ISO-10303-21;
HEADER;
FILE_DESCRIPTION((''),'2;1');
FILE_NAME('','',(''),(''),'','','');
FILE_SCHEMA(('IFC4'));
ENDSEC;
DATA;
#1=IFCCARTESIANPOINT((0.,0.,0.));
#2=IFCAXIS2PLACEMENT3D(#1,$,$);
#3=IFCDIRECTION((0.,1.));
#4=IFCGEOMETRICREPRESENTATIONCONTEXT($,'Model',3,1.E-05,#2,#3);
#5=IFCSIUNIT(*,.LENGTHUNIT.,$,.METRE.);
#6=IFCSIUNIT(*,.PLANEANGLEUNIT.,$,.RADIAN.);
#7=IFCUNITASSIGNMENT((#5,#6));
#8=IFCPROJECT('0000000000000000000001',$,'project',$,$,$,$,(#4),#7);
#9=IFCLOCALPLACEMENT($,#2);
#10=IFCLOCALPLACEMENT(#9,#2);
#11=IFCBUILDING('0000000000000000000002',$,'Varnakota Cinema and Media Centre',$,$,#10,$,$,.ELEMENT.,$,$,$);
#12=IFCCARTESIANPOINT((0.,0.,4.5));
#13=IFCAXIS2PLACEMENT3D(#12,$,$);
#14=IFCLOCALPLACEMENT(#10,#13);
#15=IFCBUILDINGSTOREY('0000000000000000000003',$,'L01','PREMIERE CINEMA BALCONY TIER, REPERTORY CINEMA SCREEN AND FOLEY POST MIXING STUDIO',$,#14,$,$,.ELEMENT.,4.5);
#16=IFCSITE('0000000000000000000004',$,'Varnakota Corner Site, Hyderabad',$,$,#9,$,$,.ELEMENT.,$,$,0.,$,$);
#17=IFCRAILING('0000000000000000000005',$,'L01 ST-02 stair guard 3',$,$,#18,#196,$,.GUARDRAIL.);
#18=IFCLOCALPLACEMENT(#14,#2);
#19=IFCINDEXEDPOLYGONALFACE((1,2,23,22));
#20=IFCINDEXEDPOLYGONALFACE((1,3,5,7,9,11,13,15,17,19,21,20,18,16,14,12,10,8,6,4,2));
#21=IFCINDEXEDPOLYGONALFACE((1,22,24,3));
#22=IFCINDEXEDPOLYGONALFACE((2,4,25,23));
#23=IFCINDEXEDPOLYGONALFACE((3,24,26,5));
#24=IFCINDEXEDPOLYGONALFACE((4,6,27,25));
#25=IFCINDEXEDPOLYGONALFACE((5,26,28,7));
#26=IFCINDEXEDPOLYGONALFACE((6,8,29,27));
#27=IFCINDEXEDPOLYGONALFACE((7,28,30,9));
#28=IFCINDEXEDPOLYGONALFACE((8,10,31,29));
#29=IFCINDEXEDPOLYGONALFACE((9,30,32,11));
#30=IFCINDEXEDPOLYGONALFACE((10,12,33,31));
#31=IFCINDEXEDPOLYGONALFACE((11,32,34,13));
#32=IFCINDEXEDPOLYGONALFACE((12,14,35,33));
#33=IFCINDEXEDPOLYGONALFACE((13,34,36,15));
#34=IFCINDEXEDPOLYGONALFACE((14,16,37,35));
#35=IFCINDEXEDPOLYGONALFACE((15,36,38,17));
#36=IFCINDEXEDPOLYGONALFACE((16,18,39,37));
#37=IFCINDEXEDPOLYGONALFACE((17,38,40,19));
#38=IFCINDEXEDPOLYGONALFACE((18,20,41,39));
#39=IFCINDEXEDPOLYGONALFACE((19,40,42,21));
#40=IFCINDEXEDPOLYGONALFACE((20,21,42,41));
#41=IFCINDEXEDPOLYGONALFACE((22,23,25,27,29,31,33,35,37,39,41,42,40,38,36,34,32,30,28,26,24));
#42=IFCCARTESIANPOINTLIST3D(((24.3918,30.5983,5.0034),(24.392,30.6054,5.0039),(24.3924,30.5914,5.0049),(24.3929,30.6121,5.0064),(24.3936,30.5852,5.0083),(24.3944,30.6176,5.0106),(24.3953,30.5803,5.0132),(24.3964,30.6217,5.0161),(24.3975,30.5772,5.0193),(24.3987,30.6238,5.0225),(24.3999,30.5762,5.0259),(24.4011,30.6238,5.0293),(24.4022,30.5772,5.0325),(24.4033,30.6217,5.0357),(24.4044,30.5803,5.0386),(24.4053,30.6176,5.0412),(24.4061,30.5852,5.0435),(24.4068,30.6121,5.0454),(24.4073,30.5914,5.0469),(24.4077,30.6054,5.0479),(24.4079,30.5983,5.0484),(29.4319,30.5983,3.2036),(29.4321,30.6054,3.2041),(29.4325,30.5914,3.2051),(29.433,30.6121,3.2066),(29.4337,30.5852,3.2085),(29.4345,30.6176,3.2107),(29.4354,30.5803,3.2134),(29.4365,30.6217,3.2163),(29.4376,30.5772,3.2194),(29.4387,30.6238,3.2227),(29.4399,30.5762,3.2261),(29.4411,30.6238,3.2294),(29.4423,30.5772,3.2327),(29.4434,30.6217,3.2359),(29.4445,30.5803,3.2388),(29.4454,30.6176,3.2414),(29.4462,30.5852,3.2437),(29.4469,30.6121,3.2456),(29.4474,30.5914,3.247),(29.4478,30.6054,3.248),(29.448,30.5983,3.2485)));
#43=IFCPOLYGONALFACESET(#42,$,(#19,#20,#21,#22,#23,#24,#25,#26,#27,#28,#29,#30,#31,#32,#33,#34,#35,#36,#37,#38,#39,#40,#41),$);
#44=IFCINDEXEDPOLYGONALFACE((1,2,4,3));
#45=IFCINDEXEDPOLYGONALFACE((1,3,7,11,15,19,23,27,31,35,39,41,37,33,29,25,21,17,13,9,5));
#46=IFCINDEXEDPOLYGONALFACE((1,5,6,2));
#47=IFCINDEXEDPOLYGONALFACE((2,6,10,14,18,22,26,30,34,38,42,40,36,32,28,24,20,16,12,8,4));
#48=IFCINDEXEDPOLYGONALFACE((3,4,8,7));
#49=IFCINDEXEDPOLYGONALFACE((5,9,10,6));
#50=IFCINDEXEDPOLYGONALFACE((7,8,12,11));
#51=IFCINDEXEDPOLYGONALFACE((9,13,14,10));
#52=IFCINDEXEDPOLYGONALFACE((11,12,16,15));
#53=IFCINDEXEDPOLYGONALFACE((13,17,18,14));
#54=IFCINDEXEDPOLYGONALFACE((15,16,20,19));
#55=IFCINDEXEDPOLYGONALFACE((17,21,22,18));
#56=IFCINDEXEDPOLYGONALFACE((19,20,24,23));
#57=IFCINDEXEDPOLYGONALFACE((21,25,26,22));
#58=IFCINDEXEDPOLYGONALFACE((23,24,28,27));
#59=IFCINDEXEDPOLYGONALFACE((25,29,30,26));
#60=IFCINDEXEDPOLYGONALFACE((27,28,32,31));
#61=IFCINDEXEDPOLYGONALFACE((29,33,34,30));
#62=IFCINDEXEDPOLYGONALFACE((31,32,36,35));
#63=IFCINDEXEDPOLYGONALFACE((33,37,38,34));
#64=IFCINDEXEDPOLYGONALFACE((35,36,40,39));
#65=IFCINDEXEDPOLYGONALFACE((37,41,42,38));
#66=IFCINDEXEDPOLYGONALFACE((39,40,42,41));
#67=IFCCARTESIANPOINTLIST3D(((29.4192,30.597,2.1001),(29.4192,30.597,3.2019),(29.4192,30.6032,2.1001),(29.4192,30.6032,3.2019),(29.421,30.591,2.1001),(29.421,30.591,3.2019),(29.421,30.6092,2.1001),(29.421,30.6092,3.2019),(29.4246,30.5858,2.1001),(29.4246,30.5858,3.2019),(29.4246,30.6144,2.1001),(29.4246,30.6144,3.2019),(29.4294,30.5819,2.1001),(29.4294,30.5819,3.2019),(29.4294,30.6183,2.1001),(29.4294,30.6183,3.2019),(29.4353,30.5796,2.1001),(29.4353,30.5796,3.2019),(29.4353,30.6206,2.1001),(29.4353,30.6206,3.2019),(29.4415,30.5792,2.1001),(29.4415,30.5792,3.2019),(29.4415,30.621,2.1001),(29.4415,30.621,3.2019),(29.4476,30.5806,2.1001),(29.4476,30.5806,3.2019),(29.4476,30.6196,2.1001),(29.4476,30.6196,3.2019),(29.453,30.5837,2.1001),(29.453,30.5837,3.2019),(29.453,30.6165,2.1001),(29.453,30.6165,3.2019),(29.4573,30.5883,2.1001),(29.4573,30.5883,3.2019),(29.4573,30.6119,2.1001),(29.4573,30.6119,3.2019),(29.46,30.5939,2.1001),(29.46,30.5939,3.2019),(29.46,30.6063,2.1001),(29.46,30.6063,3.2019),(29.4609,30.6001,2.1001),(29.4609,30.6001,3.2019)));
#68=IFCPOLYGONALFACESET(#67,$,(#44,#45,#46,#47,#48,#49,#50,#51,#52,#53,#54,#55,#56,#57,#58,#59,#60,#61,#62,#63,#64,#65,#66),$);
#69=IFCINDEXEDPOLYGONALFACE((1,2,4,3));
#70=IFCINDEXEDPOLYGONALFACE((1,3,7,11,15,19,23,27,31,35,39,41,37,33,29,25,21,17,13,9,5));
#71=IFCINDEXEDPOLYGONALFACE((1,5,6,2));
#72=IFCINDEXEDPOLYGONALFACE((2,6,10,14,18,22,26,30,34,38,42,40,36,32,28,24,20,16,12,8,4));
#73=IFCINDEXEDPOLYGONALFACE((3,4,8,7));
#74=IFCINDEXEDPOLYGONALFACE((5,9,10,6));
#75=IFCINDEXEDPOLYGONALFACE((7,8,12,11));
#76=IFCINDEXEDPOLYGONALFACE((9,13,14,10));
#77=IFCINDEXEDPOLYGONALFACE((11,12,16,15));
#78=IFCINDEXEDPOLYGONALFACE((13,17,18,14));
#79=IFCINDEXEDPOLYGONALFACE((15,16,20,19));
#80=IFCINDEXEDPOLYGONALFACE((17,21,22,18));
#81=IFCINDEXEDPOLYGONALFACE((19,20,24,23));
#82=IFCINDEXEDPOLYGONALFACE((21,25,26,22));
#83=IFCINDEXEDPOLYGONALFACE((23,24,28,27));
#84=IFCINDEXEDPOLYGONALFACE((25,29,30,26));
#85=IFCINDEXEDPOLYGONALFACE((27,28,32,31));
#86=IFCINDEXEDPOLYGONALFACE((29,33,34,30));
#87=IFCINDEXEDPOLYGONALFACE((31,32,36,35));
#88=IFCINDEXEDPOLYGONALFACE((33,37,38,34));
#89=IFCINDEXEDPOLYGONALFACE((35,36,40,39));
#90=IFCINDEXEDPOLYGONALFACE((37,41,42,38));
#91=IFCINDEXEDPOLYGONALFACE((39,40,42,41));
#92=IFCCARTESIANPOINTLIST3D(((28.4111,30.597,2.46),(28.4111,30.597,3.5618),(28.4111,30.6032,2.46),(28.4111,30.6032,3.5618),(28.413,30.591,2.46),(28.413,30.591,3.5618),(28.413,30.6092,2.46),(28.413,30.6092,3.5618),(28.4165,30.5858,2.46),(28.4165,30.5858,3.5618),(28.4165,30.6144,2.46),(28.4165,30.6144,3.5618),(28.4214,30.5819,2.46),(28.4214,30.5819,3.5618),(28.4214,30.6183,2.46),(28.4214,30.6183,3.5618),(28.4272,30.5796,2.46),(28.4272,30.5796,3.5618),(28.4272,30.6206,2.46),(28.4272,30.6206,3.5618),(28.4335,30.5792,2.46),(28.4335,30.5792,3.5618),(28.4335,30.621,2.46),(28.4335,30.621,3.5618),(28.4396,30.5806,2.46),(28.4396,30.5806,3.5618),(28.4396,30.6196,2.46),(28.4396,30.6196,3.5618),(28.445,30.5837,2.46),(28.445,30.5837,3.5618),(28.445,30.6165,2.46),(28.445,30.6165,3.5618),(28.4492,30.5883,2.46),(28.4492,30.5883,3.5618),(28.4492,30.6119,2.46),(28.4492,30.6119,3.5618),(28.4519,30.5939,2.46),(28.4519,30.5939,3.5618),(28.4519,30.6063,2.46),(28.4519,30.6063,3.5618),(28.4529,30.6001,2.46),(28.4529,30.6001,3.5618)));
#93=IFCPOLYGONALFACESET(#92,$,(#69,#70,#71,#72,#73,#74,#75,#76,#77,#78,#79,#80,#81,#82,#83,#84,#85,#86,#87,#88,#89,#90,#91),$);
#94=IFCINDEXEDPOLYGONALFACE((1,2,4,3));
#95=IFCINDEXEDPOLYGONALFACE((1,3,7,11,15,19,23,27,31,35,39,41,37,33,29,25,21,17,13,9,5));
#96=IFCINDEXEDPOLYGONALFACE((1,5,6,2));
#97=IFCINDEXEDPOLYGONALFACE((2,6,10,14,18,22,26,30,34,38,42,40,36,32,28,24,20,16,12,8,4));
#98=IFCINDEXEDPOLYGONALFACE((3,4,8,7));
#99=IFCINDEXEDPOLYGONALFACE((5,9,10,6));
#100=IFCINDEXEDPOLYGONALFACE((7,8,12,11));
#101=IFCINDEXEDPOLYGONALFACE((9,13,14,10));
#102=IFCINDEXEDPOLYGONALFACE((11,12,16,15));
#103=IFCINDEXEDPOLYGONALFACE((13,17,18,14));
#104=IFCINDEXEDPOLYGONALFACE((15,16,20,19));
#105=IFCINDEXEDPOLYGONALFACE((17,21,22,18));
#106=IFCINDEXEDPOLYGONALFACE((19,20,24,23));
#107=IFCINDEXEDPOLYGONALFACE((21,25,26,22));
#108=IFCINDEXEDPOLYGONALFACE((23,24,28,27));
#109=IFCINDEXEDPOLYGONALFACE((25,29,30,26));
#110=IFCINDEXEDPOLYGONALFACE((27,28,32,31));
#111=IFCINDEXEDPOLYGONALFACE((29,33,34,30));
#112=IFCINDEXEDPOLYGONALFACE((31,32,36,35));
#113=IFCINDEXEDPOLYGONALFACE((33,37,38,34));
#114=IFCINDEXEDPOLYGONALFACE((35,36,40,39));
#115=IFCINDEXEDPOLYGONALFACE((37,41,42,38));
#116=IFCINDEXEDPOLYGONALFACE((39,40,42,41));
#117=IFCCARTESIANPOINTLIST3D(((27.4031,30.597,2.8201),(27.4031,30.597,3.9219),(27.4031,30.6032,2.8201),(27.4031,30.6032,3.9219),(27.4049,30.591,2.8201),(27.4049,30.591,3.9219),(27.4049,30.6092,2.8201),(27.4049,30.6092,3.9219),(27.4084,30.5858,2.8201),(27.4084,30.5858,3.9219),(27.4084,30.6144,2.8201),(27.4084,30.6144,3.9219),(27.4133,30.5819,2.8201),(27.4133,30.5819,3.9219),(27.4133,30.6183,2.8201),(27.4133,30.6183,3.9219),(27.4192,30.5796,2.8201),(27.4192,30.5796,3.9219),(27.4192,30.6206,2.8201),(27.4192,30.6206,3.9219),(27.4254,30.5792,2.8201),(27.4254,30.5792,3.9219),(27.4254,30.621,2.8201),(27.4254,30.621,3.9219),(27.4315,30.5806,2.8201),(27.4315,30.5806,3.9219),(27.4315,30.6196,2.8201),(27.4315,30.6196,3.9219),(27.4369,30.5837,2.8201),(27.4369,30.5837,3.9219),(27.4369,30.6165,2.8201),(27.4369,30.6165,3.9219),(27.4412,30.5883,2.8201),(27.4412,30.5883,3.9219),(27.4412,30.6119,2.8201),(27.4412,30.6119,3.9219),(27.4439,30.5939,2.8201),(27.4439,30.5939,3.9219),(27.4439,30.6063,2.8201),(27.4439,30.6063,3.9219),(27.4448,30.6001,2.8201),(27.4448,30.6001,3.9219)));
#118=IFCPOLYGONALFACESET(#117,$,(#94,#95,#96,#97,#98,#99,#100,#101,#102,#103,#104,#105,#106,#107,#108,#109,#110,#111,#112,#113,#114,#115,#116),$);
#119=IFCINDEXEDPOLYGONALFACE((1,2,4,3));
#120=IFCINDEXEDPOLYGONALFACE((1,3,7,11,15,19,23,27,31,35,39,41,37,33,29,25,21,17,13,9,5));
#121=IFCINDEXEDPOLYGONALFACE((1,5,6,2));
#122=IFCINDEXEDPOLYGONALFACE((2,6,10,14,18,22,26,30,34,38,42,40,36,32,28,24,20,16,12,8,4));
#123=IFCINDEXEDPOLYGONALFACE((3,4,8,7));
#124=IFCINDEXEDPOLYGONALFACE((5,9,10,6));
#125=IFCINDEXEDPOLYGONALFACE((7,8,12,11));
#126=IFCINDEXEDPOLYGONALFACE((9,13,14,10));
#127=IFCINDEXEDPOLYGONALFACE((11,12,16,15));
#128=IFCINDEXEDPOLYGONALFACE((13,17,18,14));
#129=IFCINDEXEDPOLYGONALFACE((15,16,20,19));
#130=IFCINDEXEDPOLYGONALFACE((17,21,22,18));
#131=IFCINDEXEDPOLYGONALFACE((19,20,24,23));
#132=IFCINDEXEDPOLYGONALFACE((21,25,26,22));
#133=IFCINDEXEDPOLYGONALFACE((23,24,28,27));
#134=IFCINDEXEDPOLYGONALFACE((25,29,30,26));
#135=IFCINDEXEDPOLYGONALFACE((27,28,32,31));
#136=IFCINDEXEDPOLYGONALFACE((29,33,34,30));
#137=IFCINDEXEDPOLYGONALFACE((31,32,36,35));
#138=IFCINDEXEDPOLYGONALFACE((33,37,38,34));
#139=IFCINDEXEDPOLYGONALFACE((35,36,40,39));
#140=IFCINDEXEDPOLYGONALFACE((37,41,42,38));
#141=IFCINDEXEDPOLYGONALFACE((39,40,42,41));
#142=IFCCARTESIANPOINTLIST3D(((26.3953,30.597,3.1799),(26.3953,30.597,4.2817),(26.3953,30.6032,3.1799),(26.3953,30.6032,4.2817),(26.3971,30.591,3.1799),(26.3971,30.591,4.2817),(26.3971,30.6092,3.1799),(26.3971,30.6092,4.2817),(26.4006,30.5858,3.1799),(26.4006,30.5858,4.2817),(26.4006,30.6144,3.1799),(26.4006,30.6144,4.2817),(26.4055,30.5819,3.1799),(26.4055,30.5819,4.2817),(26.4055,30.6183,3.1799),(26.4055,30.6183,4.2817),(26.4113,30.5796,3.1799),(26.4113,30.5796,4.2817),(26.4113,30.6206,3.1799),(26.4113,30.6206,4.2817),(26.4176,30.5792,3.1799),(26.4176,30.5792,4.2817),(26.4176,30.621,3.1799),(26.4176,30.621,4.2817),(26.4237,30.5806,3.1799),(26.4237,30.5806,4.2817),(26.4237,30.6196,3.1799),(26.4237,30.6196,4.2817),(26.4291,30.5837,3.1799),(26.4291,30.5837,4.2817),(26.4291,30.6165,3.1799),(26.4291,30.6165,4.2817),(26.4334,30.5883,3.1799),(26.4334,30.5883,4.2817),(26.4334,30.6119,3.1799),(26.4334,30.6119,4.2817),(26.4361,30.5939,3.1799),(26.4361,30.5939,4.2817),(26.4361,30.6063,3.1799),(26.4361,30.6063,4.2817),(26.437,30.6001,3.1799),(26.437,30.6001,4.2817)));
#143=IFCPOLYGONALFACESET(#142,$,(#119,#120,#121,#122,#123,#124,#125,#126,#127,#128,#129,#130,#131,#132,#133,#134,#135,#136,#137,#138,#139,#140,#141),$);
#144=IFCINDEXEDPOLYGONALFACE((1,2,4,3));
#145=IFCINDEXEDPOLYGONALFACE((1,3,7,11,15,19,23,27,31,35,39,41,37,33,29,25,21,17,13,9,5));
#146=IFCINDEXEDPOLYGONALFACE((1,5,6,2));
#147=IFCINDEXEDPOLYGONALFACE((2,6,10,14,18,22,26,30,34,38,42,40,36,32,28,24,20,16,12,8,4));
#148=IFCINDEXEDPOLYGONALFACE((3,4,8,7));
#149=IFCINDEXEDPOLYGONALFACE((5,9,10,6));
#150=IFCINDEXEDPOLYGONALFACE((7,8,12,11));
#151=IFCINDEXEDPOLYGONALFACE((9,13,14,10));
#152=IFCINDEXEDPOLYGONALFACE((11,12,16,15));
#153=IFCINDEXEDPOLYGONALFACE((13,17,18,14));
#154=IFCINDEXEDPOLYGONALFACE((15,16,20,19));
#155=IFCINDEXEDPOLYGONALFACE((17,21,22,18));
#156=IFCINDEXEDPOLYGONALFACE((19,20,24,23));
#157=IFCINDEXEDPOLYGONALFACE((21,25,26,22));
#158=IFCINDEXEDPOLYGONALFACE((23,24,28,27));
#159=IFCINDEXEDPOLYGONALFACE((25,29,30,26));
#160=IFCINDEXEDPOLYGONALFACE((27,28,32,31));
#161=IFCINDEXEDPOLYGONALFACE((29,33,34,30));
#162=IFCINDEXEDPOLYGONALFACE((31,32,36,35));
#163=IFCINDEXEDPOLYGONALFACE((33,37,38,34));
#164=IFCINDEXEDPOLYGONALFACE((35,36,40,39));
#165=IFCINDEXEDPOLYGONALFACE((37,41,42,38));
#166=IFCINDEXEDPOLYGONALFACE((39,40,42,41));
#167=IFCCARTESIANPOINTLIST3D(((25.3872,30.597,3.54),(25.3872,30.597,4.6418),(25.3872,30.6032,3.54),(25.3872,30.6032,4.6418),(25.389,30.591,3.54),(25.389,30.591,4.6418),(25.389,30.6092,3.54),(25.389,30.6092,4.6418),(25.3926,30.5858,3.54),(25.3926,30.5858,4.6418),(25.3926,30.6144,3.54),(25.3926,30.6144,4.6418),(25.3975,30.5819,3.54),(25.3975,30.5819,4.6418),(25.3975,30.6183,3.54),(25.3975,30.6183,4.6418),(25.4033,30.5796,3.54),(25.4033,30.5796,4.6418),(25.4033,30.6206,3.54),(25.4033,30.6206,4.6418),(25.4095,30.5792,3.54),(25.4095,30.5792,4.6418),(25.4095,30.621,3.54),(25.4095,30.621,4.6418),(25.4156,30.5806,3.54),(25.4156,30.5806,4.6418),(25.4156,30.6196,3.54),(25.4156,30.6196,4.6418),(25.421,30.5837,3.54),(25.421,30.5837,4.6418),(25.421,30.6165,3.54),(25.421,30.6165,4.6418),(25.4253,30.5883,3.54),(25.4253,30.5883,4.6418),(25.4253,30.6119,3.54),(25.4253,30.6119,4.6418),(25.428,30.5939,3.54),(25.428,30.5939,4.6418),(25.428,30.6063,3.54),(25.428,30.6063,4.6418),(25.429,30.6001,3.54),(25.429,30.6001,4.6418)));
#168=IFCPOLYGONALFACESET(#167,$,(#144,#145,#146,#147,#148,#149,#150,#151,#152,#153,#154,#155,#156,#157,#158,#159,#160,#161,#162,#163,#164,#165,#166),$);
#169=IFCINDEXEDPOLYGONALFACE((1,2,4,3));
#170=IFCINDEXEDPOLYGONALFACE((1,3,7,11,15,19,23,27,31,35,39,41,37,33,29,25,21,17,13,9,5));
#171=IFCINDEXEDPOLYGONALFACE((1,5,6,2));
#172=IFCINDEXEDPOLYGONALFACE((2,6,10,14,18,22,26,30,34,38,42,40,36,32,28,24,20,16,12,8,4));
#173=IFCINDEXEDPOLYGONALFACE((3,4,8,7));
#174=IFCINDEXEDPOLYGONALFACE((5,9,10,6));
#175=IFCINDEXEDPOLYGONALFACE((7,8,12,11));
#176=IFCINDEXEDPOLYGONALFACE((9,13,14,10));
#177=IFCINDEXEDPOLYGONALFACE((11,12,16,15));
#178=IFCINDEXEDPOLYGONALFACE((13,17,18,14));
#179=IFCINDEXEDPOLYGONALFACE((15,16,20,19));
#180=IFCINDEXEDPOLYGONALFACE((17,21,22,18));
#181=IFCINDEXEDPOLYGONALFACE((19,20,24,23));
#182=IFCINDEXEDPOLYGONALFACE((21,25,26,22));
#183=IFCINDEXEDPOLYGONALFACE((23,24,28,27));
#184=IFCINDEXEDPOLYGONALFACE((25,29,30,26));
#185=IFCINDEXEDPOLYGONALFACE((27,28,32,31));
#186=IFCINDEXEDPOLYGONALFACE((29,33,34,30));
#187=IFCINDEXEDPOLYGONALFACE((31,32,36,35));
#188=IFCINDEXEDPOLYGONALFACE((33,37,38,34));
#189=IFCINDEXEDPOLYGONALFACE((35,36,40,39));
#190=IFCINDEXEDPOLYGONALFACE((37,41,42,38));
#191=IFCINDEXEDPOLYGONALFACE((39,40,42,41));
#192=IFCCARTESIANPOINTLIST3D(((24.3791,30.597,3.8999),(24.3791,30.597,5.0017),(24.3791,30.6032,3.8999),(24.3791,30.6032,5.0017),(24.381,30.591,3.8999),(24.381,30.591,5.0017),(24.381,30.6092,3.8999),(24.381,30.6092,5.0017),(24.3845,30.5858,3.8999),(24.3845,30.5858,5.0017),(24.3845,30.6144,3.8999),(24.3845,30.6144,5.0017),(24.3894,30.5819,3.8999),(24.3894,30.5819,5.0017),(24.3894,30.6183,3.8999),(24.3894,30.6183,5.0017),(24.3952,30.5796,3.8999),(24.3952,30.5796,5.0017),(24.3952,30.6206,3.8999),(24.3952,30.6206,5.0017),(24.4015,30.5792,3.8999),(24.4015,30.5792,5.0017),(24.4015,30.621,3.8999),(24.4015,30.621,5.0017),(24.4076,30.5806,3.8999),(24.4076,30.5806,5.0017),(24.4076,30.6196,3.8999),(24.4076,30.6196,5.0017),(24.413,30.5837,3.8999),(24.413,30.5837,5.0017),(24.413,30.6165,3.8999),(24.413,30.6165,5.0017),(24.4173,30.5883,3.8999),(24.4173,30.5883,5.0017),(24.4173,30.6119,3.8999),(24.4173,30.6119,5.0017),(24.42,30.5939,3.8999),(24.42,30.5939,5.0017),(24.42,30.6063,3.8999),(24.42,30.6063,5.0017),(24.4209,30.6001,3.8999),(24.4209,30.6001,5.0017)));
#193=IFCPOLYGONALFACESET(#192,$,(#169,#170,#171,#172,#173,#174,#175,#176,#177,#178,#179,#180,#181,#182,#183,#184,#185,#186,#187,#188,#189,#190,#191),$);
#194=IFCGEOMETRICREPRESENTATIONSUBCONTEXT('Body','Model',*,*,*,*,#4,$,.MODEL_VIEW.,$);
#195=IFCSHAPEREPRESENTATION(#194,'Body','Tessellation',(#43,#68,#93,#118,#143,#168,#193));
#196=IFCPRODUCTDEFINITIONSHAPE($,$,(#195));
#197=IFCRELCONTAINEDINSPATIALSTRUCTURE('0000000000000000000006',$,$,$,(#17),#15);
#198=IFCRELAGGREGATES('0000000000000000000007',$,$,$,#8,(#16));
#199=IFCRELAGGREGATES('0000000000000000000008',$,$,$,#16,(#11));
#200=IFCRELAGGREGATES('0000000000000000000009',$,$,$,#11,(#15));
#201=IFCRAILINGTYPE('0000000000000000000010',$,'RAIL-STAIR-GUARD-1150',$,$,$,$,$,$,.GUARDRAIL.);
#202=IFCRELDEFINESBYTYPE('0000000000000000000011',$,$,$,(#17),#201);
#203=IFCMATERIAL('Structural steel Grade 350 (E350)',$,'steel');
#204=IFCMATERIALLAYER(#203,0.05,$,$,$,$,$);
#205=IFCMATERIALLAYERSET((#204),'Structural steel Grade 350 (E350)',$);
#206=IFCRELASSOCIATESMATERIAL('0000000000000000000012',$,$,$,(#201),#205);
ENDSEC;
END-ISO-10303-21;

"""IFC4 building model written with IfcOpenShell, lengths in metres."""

from ifc_helpers import new_model, si_unit, direction, frame, origin, origin_2d, place, context, subcontext, project, spatial, circle, extrude, material, layer, layer_set, type_object, element, save


model = new_model("IFC4")

# Units and contexts
model_context = context("Model", 3, precision=1e-05, world=origin(), true_north=direction((0.0, 1.0)))
body_context = subcontext(model_context, "Body", "Model", "MODEL_VIEW")
ifc_project = project(units=[si_unit("LENGTHUNIT", "METRE"), si_unit("PLANEANGLEUNIT", "RADIAN")], contexts=[model_context])

# Site, building, storey
site_placement = place(None, origin())
site = spatial("IfcSite", under=ifc_project, at=site_placement, Name="Varnakota Corner Site, Hyderabad", CompositionType="ELEMENT", RefElevation=0.0)
building_placement = place(site_placement, origin())
building = spatial("IfcBuilding", under=site, at=building_placement, Name="Varnakota Cinema and Media Centre", CompositionType="ELEMENT")
storey_placement = place(building_placement, frame((0.0, 0.0, 4.5)))
storey = spatial("IfcBuildingStorey", under=building, at=storey_placement, Name="L01", Description="PREMIERE CINEMA BALCONY TIER, REPERTORY CINEMA SCREEN AND FOLEY POST MIXING STUDIO", CompositionType="ELEMENT", Elevation=4.5)

# Railing
ifc_material_1 = material(Name="Structural steel Grade 350 (E350)", Category="steel")
ifc_layer_1 = layer(ifc_material_1, 0.05)
ifc_layer_set_1 = layer_set([ifc_layer_1], Name="Structural steel Grade 350 (E350)")
railing_type_1 = type_object("IfcRailingType", Name="RAIL-STAIR-GUARD-1150", PredefinedType="GUARDRAIL", material=ifc_layer_set_1)
railing_1_placement = place(storey_placement, frame((29.4399, 30.6001, 2.1001)))
element("IfcRailing", 1, at=railing_1_placement, inside=storey, type_object=railing_type_1, Name="L01 ST-02 stair guard 3", PredefinedType="GUARDRAIL", context=body_context, shape_type="SweptSolid", body=[
    extrude(circle(Radius=0.0239, at=origin_2d()), frame((0.0, 0.0, 1.126), z_axis=(-0.941754, 0.0, 0.336302), x_axis=(0.0, -1.0, 0.0)), (0.0, 0.0, 1.0), 5.3518),
    extrude(circle(Radius=0.021, at=origin_2d()), origin(), (0.0, 0.0, 1.0), 1.1018),
    extrude(circle(Radius=0.021, at=origin_2d()), frame((-1.0081, 0.0, 0.3599)), (0.0, 0.0, 1.0), 1.1018),
    extrude(circle(Radius=0.021, at=origin_2d()), frame((-2.0161, 0.0, 0.72)), (0.0, 0.0, 1.0), 1.1018),
    extrude(circle(Radius=0.021, at=origin_2d()), frame((-3.0239, 0.0, 1.0798)), (0.0, 0.0, 1.0), 1.1018),
    extrude(circle(Radius=0.021, at=origin_2d()), frame((-4.032, 0.0, 1.4399)), (0.0, 0.0, 1.0), 1.1018),
    extrude(circle(Radius=0.021, at=origin_2d()), frame((-5.04, 0.0, 1.7998)), (0.0, 0.0, 1.0), 1.1018),
])

save(model, "model.ifc")
